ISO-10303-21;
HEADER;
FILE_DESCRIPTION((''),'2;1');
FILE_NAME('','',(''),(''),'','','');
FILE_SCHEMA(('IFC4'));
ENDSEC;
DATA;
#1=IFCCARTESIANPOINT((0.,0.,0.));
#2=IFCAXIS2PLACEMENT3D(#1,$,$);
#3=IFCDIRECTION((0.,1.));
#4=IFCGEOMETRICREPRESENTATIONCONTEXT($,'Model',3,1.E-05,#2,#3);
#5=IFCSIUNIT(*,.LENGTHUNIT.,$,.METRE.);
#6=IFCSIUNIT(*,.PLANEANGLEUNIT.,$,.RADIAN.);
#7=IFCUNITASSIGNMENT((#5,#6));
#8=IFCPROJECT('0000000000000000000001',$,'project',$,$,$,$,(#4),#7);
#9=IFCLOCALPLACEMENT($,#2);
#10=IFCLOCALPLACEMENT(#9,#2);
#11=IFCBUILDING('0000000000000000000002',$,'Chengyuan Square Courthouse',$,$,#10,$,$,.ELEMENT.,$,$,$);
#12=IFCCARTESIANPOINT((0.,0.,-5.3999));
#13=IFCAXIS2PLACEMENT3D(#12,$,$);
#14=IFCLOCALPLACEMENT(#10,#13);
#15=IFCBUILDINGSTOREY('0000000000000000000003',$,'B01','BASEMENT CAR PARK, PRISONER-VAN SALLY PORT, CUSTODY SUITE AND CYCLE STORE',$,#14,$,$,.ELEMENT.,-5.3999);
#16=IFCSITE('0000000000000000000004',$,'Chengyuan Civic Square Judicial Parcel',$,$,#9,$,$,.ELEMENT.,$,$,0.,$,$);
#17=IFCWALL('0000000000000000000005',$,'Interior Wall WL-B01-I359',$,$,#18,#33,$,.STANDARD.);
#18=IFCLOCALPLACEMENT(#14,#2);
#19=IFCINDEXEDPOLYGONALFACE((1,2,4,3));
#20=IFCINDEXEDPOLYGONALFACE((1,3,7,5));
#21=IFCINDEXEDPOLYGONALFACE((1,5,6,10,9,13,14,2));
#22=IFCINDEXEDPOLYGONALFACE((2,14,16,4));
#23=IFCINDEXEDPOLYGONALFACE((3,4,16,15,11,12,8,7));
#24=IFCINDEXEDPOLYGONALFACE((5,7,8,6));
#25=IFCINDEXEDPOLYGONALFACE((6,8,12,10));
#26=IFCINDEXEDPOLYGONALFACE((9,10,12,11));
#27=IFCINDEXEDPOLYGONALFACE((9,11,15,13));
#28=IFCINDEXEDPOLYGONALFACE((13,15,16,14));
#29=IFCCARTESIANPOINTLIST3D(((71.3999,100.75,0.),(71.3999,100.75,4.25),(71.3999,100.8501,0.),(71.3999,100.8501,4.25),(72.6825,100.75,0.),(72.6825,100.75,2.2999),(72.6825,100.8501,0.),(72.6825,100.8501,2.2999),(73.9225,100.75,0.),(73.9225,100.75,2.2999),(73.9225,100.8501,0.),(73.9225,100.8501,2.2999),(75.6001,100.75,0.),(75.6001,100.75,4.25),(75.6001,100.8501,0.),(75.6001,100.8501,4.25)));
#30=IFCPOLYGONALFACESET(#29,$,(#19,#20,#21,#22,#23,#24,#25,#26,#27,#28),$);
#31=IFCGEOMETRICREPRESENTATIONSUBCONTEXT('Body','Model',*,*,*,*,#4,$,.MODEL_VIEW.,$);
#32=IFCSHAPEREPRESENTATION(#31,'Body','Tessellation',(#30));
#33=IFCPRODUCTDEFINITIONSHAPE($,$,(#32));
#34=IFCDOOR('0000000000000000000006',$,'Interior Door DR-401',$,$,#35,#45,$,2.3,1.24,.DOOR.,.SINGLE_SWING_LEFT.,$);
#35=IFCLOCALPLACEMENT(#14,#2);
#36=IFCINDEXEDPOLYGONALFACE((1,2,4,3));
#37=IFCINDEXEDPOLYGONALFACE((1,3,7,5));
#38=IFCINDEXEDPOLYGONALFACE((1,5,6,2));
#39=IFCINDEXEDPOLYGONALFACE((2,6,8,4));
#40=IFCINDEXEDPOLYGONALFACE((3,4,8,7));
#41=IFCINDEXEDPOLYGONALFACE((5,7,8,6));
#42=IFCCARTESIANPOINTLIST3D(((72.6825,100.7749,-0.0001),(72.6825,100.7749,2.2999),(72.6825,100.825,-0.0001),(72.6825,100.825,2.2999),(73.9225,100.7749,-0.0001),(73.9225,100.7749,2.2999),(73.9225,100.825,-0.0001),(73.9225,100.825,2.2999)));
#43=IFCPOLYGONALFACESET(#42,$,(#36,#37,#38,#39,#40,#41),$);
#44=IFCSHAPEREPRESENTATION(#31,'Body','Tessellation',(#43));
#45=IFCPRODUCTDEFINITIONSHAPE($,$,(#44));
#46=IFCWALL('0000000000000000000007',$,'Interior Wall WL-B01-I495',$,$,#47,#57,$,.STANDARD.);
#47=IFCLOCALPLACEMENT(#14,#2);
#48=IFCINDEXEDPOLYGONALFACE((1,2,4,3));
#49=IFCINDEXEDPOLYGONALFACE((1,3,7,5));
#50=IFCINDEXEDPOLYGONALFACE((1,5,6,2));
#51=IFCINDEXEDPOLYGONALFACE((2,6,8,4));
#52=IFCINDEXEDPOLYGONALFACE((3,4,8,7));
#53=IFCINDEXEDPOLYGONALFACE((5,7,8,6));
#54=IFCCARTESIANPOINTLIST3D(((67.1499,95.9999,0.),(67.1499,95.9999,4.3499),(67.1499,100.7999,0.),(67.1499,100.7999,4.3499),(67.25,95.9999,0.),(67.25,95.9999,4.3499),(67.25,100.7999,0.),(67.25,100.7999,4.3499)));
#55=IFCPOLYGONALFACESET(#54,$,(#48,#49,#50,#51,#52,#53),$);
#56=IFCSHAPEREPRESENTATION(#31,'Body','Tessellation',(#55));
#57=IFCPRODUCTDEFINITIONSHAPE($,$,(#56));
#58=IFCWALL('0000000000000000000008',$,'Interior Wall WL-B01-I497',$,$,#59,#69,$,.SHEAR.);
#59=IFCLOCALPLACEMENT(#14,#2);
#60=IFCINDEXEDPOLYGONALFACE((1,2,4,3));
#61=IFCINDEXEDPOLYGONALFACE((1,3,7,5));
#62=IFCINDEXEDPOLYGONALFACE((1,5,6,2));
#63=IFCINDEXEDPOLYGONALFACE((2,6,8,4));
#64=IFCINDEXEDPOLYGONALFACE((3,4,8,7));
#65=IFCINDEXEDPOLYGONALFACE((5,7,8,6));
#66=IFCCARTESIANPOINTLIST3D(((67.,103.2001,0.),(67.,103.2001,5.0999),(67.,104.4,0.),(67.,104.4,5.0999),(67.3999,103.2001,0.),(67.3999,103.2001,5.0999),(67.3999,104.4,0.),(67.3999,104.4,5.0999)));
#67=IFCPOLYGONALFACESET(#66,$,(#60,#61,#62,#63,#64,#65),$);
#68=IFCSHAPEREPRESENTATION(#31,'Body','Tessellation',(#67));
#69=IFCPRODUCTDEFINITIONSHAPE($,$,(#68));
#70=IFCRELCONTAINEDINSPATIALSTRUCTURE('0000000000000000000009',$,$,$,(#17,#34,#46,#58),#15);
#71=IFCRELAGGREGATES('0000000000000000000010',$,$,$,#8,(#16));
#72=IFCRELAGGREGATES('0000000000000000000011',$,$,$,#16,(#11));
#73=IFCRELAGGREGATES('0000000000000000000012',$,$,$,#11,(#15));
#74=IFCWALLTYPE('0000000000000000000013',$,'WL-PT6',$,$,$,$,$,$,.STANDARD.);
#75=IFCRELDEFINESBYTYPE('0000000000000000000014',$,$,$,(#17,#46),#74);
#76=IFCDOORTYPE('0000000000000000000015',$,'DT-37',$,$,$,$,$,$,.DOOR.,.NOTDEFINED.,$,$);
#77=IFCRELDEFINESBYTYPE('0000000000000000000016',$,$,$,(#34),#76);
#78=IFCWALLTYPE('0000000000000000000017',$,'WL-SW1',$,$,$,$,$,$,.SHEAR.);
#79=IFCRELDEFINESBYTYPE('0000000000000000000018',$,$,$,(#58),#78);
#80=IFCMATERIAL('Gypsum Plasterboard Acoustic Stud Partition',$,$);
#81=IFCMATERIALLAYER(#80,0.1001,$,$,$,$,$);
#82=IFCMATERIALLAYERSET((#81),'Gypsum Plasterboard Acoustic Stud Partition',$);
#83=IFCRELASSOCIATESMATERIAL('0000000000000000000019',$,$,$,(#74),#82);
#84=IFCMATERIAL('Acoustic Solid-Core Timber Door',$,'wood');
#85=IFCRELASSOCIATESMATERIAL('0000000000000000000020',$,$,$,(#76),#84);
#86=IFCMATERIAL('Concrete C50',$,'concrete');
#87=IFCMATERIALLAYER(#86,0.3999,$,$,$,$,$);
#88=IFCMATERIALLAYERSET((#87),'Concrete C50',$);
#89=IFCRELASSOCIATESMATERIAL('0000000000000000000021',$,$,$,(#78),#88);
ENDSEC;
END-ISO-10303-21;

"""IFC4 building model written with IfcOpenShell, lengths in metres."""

from ifc_helpers import new_model, si_unit, direction, frame, frame_2d, origin, place, context, subcontext, project, spatial, rectangle, extrude, material, layer, layer_set, type_object, element, fill, save


model = new_model("IFC4")

# Units and contexts
model_context = context("Model", 3, precision=1e-05, world=origin(), true_north=direction((0.0, 1.0)))
body_context = subcontext(model_context, "Body", "Model", "MODEL_VIEW")
ifc_project = project(units=[si_unit("LENGTHUNIT", "METRE"), si_unit("PLANEANGLEUNIT", "RADIAN")], contexts=[model_context])

# Site, building, storey
site_placement = place(None, origin())
site = spatial("IfcSite", under=ifc_project, at=site_placement, Name="Chengyuan Civic Square Judicial Parcel", CompositionType="ELEMENT", RefElevation=0.0)
building_placement = place(site_placement, origin())
building = spatial("IfcBuilding", under=site, at=building_placement, Name="Chengyuan Square Courthouse", CompositionType="ELEMENT")
storey_placement = place(building_placement, frame((0.0, 0.0, -5.3999)))
storey = spatial("IfcBuildingStorey", under=building, at=storey_placement, Name="B01", Description="BASEMENT CAR PARK, PRISONER-VAN SALLY PORT, CUSTODY SUITE AND CYCLE STORE", CompositionType="ELEMENT", Elevation=-5.3999)

# Shared definitions
ifc_material_1 = material(Name="Concrete C50", Category="concrete")

# Shared definitions
ifc_material_2 = material(Name="Gypsum Plasterboard Acoustic Stud Partition")
ifc_layer_1 = layer(ifc_material_2, 0.1001)
ifc_layer_set_1 = layer_set([ifc_layer_1], Name="Gypsum Plasterboard Acoustic Stud Partition")
wall_type_1 = type_object("IfcWallType", Name="WL-PT6", PredefinedType="STANDARD", material=ifc_layer_set_1)
ifc_material_3 = material(Name="Acoustic Solid-Core Timber Door", Category="wood")

# Wall, opening, door
wall_1_placement = place(storey_placement, frame((71.3999, 100.8, 0.0), z_axis=(0.0, 0.0, 1.0), x_axis=(1.0, 0.0, 0.0)))
wall_1 = element("IfcWall", 1, at=wall_1_placement, inside=storey, type_object=wall_type_1, Name="Interior Wall WL-B01-I359", PredefinedType="STANDARD", context=body_context, shape_type="SweptSolid", body=[
    extrude(rectangle(XDim=4.2002, YDim=0.1001, at=frame_2d((2.1001, 0.0))), origin(), (0.0, 0.0, 1.0), 4.25),
])
opening_1_placement = place(wall_1_placement, frame((1.2825, 0.0, 0.0)))
opening_1 = element("IfcOpeningElement", 2, at=opening_1_placement, cuts=wall_1, PredefinedType="OPENING", context=body_context, shape_type="SweptSolid", body=[
    extrude(rectangle(XDim=1.24, YDim=2.3, at=frame_2d((0.6201, 1.1499))), frame((0.0, 0.062, 0.0), z_axis=(0.0, -1.0, 0.0), x_axis=(1.0, 0.0, 0.0)), (0.0, 0.0, 1.0), 0.124),
])
door_type_1 = type_object("IfcDoorType", Name="DT-37", OperationType="NOTDEFINED", PredefinedType="DOOR", material=ifc_material_3)
door_1_placement = place(opening_1_placement, origin())
door_1 = element("IfcDoor", 3, at=door_1_placement, inside=storey, type_object=door_type_1, Name="Interior Door DR-401", OperationType="SINGLE_SWING_LEFT", OverallHeight=2.3, OverallWidth=1.24, PredefinedType="DOOR", context=body_context, shape_type="SweptSolid", body=[
    extrude(rectangle(XDim=1.24, YDim=2.3, at=frame_2d((0.6201, 1.1499))), frame((0.0, 0.0249, 0.0), z_axis=(0.0, -1.0, 0.0), x_axis=(1.0, 0.0, 0.0)), (0.0, 0.0, 1.0), 0.05),
])
fill(opening_1, door_1)

# Walls
wall_2_placement = place(storey_placement, frame((67.2, 96.0, 0.0), z_axis=(0.0, 0.0, 1.0), x_axis=(0.0, 1.0, 0.0)))
element("IfcWall", 4, at=wall_2_placement, inside=storey, type_object=wall_type_1, Name="Interior Wall WL-B01-I495", PredefinedType="STANDARD", context=body_context, shape_type="SweptSolid", body=[
    extrude(rectangle(XDim=4.8, YDim=0.1001, at=frame_2d((2.3999, 0.0))), origin(), (0.0, 0.0, 1.0), 4.3499),
])
ifc_layer_2 = layer(ifc_material_1, 0.3999)
ifc_layer_set_2 = layer_set([ifc_layer_2], Name="Concrete C50")
wall_type_2 = type_object("IfcWallType", Name="WL-SW1", PredefinedType="SHEAR", material=ifc_layer_set_2)
wall_3_placement = place(storey_placement, frame((67.2, 103.2, 0.0), z_axis=(0.0, 0.0, 1.0), x_axis=(0.0, 1.0, 0.0)))
element("IfcWall", 5, at=wall_3_placement, inside=storey, type_object=wall_type_2, Name="Interior Wall WL-B01-I497", PredefinedType="SHEAR", context=body_context, shape_type="SweptSolid", body=[
    extrude(rectangle(XDim=1.2, YDim=0.3999, at=frame_2d((0.6001, 0.0))), origin(), (0.0, 0.0, 1.0), 5.0999),
])

save(model, "model.ifc")
